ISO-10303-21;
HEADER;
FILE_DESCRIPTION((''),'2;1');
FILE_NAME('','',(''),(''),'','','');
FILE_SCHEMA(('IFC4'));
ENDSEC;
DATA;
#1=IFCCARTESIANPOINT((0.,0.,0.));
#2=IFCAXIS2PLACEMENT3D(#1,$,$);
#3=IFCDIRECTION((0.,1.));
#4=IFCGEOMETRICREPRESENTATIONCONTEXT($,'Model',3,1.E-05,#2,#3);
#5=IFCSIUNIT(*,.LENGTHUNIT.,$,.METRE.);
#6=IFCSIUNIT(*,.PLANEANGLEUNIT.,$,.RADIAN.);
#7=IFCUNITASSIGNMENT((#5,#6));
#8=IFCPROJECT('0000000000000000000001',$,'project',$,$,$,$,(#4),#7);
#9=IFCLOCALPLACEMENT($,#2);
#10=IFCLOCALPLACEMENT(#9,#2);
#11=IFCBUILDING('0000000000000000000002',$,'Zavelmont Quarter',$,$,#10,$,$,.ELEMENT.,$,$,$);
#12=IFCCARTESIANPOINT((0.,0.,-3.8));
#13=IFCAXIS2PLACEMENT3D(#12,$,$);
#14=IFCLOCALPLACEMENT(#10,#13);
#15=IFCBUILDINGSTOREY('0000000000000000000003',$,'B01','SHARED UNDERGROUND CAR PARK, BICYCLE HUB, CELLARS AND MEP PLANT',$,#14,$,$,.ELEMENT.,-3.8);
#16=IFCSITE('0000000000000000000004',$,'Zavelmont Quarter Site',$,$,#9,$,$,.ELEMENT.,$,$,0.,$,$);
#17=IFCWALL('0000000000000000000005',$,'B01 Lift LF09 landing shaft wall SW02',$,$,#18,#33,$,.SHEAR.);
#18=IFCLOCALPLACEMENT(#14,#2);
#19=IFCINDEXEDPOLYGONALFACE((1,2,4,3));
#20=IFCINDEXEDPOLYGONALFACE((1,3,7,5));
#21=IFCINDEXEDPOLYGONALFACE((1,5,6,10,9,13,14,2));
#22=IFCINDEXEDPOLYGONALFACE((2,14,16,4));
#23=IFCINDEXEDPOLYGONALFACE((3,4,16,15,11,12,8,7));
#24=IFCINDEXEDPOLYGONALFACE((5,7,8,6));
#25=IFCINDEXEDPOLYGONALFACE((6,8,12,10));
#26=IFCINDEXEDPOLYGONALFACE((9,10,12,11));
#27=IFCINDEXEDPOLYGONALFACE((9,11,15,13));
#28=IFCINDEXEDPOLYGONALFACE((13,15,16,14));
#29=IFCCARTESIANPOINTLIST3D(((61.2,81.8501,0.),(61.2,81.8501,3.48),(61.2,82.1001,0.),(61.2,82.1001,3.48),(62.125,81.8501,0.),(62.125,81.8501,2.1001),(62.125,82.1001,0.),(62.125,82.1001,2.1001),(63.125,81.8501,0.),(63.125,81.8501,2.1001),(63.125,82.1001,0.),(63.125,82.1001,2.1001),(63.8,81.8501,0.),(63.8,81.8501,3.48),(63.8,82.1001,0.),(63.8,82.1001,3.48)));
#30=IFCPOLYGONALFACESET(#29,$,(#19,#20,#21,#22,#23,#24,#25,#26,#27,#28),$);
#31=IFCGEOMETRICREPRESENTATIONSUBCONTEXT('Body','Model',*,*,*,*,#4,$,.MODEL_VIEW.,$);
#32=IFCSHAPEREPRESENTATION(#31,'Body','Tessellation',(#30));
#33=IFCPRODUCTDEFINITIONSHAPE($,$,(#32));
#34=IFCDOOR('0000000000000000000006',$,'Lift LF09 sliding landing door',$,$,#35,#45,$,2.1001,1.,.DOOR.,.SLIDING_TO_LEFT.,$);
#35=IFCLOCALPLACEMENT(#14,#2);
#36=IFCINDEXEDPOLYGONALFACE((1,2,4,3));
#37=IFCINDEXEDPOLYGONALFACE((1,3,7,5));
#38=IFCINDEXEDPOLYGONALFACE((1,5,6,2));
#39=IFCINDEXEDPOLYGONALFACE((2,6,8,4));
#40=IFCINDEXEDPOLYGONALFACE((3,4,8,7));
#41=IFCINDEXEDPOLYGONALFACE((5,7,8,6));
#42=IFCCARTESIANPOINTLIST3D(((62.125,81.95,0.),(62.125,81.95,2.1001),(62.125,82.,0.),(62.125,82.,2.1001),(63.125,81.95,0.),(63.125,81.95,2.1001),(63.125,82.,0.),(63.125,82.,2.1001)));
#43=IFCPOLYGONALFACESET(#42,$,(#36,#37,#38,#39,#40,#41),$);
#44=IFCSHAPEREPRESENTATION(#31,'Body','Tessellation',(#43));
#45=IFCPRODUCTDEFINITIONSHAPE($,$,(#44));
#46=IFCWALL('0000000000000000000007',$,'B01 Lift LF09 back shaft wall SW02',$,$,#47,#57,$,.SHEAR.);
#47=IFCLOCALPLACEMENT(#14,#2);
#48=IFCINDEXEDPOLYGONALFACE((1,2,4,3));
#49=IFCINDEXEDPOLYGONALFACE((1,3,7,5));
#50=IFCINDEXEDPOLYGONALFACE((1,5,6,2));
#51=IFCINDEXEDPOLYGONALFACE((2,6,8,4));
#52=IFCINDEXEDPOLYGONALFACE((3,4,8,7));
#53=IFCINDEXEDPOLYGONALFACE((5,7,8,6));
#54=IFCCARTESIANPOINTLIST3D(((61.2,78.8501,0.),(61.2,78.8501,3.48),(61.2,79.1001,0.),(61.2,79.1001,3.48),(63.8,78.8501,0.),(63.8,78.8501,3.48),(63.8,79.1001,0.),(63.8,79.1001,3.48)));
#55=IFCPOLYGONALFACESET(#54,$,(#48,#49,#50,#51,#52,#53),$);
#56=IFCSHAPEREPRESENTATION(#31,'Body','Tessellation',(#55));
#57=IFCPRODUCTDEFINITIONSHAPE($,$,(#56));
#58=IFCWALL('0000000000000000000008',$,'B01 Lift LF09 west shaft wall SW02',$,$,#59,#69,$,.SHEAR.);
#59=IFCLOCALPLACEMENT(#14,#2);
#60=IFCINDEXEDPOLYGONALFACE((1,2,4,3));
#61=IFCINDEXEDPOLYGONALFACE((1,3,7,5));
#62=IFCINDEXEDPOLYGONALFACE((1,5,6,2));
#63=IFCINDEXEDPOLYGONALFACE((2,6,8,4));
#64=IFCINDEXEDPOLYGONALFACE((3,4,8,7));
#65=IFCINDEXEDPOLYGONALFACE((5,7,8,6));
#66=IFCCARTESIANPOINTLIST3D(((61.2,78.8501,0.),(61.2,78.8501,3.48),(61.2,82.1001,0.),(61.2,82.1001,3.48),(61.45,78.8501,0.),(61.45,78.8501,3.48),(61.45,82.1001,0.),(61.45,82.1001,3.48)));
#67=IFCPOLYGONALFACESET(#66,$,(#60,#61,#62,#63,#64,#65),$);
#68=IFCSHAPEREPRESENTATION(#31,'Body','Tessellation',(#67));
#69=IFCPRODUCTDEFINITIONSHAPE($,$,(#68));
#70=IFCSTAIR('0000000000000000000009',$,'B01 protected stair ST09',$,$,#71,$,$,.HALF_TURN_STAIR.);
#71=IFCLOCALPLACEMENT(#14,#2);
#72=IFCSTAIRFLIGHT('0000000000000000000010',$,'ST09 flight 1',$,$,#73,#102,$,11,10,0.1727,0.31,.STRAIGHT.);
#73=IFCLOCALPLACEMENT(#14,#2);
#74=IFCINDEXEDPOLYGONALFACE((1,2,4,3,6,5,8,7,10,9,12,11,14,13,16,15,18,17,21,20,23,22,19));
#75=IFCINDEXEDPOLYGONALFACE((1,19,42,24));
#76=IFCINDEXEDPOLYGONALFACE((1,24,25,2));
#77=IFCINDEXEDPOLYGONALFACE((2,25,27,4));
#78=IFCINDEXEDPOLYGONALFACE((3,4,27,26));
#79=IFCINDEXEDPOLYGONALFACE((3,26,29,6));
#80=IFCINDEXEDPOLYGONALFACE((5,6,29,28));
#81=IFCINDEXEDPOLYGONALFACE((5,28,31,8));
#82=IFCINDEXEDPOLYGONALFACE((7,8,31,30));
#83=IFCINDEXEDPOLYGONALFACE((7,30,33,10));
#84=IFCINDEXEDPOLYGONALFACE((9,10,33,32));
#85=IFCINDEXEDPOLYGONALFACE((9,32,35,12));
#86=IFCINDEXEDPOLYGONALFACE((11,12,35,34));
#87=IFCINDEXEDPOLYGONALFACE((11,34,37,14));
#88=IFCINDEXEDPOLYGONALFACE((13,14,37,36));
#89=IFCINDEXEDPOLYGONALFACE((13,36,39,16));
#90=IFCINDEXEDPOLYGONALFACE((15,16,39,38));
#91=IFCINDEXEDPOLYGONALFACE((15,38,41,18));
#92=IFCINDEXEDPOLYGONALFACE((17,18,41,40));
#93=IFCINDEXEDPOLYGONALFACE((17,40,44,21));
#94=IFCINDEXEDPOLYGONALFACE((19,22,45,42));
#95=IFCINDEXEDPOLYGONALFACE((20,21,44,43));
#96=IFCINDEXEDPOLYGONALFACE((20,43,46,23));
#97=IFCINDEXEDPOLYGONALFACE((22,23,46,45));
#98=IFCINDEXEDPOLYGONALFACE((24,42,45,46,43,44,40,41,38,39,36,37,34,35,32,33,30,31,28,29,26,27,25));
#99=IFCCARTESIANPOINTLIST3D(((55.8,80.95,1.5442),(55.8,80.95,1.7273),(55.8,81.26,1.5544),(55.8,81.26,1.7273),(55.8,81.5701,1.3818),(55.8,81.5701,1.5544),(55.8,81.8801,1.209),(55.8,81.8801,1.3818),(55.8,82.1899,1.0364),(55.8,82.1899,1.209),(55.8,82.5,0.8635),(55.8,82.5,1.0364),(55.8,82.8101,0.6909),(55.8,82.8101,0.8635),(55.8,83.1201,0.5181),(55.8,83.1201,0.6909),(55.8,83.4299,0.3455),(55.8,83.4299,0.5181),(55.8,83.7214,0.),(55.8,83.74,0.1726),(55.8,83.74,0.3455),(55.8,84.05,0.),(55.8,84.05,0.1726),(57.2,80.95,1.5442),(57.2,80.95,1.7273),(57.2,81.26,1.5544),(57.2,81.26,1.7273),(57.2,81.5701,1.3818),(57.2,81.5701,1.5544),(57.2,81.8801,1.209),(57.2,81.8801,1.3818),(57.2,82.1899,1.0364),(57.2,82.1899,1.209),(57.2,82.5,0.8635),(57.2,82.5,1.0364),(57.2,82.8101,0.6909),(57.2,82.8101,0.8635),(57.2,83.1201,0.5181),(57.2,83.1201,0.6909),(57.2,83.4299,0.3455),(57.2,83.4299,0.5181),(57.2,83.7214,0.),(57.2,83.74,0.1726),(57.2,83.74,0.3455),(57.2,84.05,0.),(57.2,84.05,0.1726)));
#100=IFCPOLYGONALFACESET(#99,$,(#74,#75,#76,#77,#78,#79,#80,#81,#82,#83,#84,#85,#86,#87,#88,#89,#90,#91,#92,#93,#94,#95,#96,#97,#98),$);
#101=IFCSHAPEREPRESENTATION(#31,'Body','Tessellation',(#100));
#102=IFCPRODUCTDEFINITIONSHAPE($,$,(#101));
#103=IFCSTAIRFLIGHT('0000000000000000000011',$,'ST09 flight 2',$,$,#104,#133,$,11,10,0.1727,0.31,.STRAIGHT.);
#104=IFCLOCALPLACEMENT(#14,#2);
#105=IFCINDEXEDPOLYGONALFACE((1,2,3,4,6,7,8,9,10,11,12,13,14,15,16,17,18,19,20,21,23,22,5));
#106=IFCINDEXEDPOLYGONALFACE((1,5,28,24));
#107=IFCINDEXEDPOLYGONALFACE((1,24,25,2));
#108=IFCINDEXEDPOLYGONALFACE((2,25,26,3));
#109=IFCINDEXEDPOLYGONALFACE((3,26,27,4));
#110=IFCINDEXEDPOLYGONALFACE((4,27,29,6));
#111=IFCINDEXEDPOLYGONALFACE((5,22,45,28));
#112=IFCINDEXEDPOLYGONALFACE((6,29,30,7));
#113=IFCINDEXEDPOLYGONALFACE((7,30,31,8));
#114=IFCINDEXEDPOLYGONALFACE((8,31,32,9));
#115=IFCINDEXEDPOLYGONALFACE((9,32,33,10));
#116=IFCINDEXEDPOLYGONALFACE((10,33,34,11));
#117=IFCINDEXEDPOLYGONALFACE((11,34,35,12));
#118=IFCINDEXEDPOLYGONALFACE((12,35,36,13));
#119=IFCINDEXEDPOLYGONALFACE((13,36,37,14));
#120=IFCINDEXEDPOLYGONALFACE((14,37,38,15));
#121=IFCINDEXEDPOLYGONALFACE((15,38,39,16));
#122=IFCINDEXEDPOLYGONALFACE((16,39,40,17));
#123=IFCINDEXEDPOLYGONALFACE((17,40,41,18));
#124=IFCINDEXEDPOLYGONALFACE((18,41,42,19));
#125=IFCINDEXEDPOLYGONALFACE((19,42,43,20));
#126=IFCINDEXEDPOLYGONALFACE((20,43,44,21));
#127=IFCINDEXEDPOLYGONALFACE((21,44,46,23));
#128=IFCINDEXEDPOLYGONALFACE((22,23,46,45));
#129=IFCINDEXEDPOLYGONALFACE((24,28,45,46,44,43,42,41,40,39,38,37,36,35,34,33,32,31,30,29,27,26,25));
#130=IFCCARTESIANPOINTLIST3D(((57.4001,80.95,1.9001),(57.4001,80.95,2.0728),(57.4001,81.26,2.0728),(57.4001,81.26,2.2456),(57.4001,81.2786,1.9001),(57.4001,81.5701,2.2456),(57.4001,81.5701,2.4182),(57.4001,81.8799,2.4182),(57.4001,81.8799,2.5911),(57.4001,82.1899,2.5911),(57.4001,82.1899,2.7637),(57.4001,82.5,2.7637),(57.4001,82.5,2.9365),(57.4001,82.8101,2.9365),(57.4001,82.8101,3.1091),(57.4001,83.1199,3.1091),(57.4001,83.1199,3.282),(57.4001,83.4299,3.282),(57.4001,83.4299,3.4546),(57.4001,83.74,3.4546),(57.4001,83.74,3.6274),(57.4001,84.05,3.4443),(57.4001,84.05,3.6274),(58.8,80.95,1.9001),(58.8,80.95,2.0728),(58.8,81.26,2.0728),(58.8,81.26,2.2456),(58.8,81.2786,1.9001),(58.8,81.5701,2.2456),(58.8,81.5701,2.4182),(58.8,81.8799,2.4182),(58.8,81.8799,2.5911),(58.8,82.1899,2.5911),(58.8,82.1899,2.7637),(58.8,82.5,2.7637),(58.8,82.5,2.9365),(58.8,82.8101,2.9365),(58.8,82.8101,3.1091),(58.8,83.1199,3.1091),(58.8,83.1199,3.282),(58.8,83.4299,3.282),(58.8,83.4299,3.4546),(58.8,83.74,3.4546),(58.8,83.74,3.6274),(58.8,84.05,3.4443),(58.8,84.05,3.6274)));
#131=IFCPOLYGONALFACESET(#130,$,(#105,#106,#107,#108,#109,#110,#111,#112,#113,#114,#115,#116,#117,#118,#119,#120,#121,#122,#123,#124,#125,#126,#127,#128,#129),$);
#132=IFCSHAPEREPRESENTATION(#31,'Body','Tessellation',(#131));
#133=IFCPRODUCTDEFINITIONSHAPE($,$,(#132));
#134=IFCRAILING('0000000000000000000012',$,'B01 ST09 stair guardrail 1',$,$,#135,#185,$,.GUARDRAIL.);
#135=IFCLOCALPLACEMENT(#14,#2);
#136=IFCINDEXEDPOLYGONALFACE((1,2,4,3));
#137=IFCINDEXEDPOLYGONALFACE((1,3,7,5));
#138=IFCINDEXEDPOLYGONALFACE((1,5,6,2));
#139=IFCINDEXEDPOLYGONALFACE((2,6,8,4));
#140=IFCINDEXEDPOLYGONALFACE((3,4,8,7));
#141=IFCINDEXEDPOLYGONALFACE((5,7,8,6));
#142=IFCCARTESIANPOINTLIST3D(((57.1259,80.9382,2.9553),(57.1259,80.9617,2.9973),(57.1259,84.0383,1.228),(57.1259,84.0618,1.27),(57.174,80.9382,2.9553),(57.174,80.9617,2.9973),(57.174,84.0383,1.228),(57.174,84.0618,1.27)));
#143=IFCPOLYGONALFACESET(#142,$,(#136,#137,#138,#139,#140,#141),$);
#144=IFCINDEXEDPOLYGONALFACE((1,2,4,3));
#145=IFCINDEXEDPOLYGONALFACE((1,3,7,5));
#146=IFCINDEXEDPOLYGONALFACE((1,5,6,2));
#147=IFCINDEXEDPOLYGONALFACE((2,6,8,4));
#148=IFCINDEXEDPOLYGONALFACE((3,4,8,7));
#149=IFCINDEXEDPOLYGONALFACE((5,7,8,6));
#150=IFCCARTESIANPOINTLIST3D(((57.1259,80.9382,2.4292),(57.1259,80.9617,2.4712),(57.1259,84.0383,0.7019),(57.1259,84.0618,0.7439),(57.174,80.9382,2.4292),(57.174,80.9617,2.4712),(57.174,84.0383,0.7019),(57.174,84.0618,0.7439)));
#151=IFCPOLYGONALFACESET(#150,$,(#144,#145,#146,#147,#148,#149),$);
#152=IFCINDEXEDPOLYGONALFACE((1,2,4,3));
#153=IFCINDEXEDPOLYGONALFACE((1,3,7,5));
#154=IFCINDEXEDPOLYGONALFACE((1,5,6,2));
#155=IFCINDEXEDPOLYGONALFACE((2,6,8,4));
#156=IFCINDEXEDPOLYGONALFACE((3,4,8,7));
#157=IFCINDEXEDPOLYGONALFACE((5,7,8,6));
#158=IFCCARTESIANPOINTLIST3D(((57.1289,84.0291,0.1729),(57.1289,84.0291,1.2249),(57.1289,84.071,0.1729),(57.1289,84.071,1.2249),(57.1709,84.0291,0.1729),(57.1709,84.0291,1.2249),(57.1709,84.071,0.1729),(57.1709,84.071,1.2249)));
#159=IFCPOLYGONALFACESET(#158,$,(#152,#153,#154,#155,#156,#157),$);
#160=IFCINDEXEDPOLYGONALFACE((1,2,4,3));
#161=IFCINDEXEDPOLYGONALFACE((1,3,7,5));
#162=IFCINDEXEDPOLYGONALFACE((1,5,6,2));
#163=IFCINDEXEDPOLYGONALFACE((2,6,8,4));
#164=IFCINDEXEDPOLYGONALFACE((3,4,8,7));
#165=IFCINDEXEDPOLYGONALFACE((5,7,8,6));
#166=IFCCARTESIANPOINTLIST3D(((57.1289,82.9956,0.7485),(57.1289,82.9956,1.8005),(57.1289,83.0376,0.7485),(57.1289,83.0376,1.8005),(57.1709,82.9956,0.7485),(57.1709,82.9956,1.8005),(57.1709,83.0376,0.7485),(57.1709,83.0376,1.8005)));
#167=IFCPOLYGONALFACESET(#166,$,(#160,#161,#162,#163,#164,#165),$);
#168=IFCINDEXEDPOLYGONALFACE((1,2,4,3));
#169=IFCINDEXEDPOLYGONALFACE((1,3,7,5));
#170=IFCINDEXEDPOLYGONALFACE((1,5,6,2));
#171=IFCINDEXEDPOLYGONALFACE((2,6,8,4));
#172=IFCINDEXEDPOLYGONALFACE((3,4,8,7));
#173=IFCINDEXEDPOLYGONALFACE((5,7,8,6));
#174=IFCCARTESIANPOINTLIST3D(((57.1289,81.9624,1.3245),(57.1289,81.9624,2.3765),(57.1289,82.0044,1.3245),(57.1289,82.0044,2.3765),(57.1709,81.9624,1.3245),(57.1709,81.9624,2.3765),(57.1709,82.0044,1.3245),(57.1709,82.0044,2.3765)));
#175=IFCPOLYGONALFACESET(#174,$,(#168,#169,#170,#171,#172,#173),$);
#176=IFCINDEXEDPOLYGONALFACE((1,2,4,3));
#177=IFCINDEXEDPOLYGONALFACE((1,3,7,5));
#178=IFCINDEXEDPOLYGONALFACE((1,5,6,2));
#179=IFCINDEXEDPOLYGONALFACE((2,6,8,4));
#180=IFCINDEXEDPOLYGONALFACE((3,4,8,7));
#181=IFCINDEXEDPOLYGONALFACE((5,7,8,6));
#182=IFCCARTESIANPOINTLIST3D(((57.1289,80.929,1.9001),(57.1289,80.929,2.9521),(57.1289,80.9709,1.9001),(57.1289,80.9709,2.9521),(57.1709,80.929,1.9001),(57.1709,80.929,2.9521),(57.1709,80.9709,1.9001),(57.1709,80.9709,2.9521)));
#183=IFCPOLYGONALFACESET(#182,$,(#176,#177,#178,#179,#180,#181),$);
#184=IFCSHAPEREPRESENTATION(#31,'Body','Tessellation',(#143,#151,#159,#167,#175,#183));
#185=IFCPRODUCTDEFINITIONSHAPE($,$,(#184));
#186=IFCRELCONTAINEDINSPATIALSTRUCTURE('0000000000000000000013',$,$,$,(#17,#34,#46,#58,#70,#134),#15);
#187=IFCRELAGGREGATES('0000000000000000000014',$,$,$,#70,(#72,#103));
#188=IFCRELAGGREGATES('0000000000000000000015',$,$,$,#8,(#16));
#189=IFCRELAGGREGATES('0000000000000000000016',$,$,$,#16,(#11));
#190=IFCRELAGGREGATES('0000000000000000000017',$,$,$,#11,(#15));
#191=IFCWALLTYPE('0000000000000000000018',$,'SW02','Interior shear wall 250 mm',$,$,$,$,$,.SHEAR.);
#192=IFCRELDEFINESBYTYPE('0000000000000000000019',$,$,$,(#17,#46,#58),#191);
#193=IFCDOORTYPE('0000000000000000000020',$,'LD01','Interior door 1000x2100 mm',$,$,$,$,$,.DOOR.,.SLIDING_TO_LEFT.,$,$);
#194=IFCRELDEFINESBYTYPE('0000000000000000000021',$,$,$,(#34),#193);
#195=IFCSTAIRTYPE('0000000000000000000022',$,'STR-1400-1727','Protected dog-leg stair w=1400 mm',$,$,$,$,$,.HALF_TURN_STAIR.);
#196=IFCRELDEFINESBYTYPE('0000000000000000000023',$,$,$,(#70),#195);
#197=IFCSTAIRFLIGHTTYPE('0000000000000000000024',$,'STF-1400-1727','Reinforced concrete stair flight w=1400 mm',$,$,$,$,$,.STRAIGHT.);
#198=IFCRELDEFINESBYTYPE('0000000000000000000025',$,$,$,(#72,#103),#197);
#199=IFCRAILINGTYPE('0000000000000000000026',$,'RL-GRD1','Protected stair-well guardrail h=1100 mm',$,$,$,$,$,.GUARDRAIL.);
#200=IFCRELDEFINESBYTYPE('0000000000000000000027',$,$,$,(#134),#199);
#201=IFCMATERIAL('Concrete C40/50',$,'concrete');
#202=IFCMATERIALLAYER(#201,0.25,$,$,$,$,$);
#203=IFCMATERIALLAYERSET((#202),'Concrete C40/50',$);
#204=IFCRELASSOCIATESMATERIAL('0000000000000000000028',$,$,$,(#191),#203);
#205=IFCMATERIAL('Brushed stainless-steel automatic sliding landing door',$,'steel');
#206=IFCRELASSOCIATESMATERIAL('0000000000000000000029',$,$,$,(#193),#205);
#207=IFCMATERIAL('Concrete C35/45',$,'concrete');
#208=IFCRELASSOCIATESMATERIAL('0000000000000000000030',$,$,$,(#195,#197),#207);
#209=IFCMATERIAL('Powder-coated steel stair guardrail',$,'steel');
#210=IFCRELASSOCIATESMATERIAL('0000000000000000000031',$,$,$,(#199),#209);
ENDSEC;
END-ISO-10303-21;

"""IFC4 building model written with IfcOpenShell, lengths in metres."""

from ifc_helpers import new_model, si_unit, direction, frame, frame_2d, origin, origin_with_axes, origin_2d, place, context, subcontext, project, spatial, polyline, rectangle, outline, extrude, material, layer, layer_set, type_object, element, fill, aggregate, save


model = new_model("IFC4")

# Units and contexts
model_context = context("Model", 3, precision=1e-05, world=origin(), true_north=direction((0.0, 1.0)))
body_context = subcontext(model_context, "Body", "Model", "MODEL_VIEW")
ifc_project = project(units=[si_unit("LENGTHUNIT", "METRE"), si_unit("PLANEANGLEUNIT", "RADIAN")], contexts=[model_context])

# Site, building, storey
site_placement = place(None, origin())
site = spatial("IfcSite", under=ifc_project, at=site_placement, Name="Zavelmont Quarter Site", CompositionType="ELEMENT", RefElevation=0.0)
building_placement = place(site_placement, origin())
building = spatial("IfcBuilding", under=site, at=building_placement, Name="Zavelmont Quarter", CompositionType="ELEMENT")
storey_placement = place(building_placement, frame((0.0, 0.0, -3.8)))
storey = spatial("IfcBuildingStorey", under=building, at=storey_placement, Name="B01", Description="SHARED UNDERGROUND CAR PARK, BICYCLE HUB, CELLARS AND MEP PLANT", CompositionType="ELEMENT", Elevation=-3.8)

# Shared definitions
ifc_material_1 = material(Name="Concrete C35/45", Category="concrete")

# Shared definitions
ifc_material_2 = material(Name="Concrete C40/50", Category="concrete")

# Wall, opening, door
ifc_layer_1 = layer(ifc_material_2, 0.25)
ifc_layer_set_1 = layer_set([ifc_layer_1], Name="Concrete C40/50")
wall_type_1 = type_object("IfcWallType", Name="SW02", Description="Interior shear wall 250 mm", PredefinedType="SHEAR", material=ifc_layer_set_1)
wall_1_placement = place(storey_placement, frame((61.2, 81.9751, 0.0), z_axis=(0.0, 0.0, 1.0), x_axis=(1.0, 0.0, 0.0)))
wall_1 = element("IfcWall", 1, at=wall_1_placement, inside=storey, type_object=wall_type_1, Name="B01 Lift LF09 landing shaft wall SW02", PredefinedType="SHEAR", context=body_context, shape_type="SweptSolid", body=[
    extrude(rectangle(XDim=2.6001, YDim=0.25, at=frame_2d((1.3, 0.0))), origin(), (0.0, 0.0, 1.0), 3.48),
])
opening_1_placement = place(wall_1_placement, frame((0.925, 0.0, 0.0)))
opening_1 = element("IfcOpeningElement", 2, at=opening_1_placement, cuts=wall_1, PredefinedType="OPENING", context=body_context, shape_type="SweptSolid", body=[
    extrude(rectangle(XDim=1.0, YDim=2.1001, at=frame_2d((0.5, 1.05))), frame((0.0, 0.137, 0.0), z_axis=(0.0, -1.0, 0.0), x_axis=(1.0, 0.0, 0.0)), (0.0, 0.0, 1.0), 0.2739),
])
ifc_material_3 = material(Name="Brushed stainless-steel automatic sliding landing door", Category="steel")
door_type_1 = type_object("IfcDoorType", Name="LD01", Description="Interior door 1000x2100 mm", OperationType="SLIDING_TO_LEFT", PredefinedType="DOOR", material=ifc_material_3)
door_1_placement = place(opening_1_placement, origin_with_axes())
door_1 = element("IfcDoor", 3, at=door_1_placement, inside=storey, type_object=door_type_1, Name="Lift LF09 sliding landing door", OperationType="SLIDING_TO_LEFT", OverallHeight=2.1001, OverallWidth=1.0, PredefinedType="DOOR", context=body_context, shape_type="SweptSolid", body=[
    extrude(rectangle(XDim=1.0, YDim=2.1001, at=frame_2d((0.5, 1.05))), frame((0.0, 0.0249, 0.0), z_axis=(0.0, -1.0, 0.0), x_axis=(1.0, 0.0, 0.0)), (0.0, 0.0, 1.0), 0.05),
])
fill(opening_1, door_1)

# Walls
wall_2_placement = place(storey_placement, frame((61.2, 78.9751, 0.0), z_axis=(0.0, 0.0, 1.0), x_axis=(1.0, 0.0, 0.0)))
element("IfcWall", 4, at=wall_2_placement, inside=storey, type_object=wall_type_1, Name="B01 Lift LF09 back shaft wall SW02", PredefinedType="SHEAR", context=body_context, shape_type="SweptSolid", body=[
    extrude(rectangle(XDim=2.6001, YDim=0.25, at=frame_2d((1.3, 0.0))), origin(), (0.0, 0.0, 1.0), 3.48),
])
wall_3_placement = place(storey_placement, frame((61.325, 78.8501, 0.0), z_axis=(0.0, 0.0, 1.0), x_axis=(0.0, 1.0, 0.0)))
element("IfcWall", 5, at=wall_3_placement, inside=storey, type_object=wall_type_1, Name="B01 Lift LF09 west shaft wall SW02", PredefinedType="SHEAR", context=body_context, shape_type="SweptSolid", body=[
    extrude(rectangle(XDim=3.25, YDim=0.25, at=frame_2d((1.625, 0.0))), origin(), (0.0, 0.0, 1.0), 3.48),
])

# Stair, stair flights
stair_type = type_object("IfcStairType", Name="STR-1400-1727", Description="Protected dog-leg stair w=1400 mm", PredefinedType="HALF_TURN_STAIR", material=ifc_material_1)
stair_placement = place(storey_placement, origin())
stair = element("IfcStair", 6, at=stair_placement, inside=storey, type_object=stair_type, Name="B01 protected stair ST09", PredefinedType="HALF_TURN_STAIR")
stair_flight_type = type_object("IfcStairFlightType", Name="STF-1400-1727", Description="Reinforced concrete stair flight w=1400 mm", PredefinedType="STRAIGHT", material=ifc_material_1)
stair_flight_1_placement = place(storey_placement, frame((56.5, 84.05, 0.0), z_axis=(0.0, 0.0, 1.0), x_axis=(0.0, -1.0, 0.0)))
stair_flight_1 = element("IfcStairFlight", 7, at=stair_flight_1_placement, type_object=stair_flight_type, Name="ST09 flight 1", NumberOfRisers=11, NumberOfTreads=10, PredefinedType="STRAIGHT", RiserHeight=0.1727, TreadLength=0.31, context=body_context, shape_type="SweptSolid", body=[
    extrude(outline(polyline([(0.0, 0.0), (0.0, 0.1726), (0.3101, 0.1726), (0.3101, 0.3455), (0.6201, 0.3455), (0.6201, 0.5181), (0.9299, 0.5181), (0.9299, 0.6909), (1.24, 0.6909), (1.24, 0.8635), (1.55, 0.8635), (1.55, 1.0364), (1.8601, 1.0364), (1.8601, 1.209), (2.1699, 1.209), (2.1699, 1.3818), (2.48, 1.3818), (2.48, 1.5544), (2.79, 1.5544), (2.79, 1.7273), (3.1001, 1.7273), (3.1001, 1.8999), (3.1001, 1.5442), (0.3286, 0.0), (0.0, 0.0)])), frame((0.0, 0.7, 0.0), z_axis=(0.0, -1.0, 0.0), x_axis=(1.0, 0.0, 0.0)), (0.0, 0.0, 1.0), 1.3999),
])
stair_flight_2_placement = place(storey_placement, frame((58.1001, 80.95, 1.9001), z_axis=(0.0, 0.0, 1.0), x_axis=(0.0, 1.0, 0.0)))
stair_flight_2 = element("IfcStairFlight", 8, at=stair_flight_2_placement, type_object=stair_flight_type, Name="ST09 flight 2", NumberOfRisers=11, NumberOfTreads=10, PredefinedType="STRAIGHT", RiserHeight=0.1727, TreadLength=0.31, context=body_context, shape_type="SweptSolid", body=[
    extrude(outline(polyline([(0.0, 0.0), (0.0, 0.1726), (0.3101, 0.1726), (0.3101, 0.3455), (0.6201, 0.3455), (0.6201, 0.5181), (0.9299, 0.5181), (0.9299, 0.6909), (1.24, 0.6909), (1.24, 0.8635), (1.55, 0.8635), (1.55, 1.0364), (1.8601, 1.0364), (1.8601, 1.209), (2.1699, 1.209), (2.1699, 1.3818), (2.48, 1.3818), (2.48, 1.5544), (2.79, 1.5544), (2.79, 1.7273), (3.1001, 1.7273), (3.1001, 1.8999), (3.1001, 1.5442), (0.3286, 0.0), (0.0, 0.0)])), frame((0.0, 0.7, 0.0), z_axis=(0.0, -1.0, 0.0), x_axis=(1.0, 0.0, 0.0)), (0.0, 0.0, 1.0), 1.3999),
])
aggregate(stair, [stair_flight_1, stair_flight_2])

# Railing
ifc_material_4 = material(Name="Powder-coated steel stair guardrail", Category="steel")
railing_type_1 = type_object("IfcRailingType", Name="RL-GRD1", Description="Protected stair-well guardrail h=1100 mm", PredefinedType="GUARDRAIL", material=ifc_material_4)
railing_1_placement = place(storey_placement, frame((57.1499, 84.05, 0.1729)))
element("IfcRailing", 9, at=railing_1_placement, inside=storey, type_object=railing_type_1, Name="B01 ST09 stair guardrail 1", PredefinedType="GUARDRAIL", context=body_context, shape_type="SweptSolid", body=[
    extrude(rectangle(XDim=0.0481, YDim=0.0481, at=origin_2d()), frame((0.0, 0.0, 1.0762), z_axis=(0.0, -0.873556, 0.486723), x_axis=(1.0, 0.0, 0.0)), (0.0, 0.0, 1.0), 3.5488),
    extrude(rectangle(XDim=0.0481, YDim=0.0481, at=origin_2d()), frame((0.0, 0.0, 0.55), z_axis=(0.0, -0.873556, 0.486723), x_axis=(1.0, 0.0, 0.0)), (0.0, 0.0, 1.0), 3.5488),
    extrude(rectangle(XDim=0.042, YDim=0.042, at=origin_2d()), origin(), (0.0, 0.0, 1.0), 1.052),
    extrude(rectangle(XDim=0.042, YDim=0.042, at=origin_2d()), frame((0.0, -1.0334, 0.5757)), (0.0, 0.0, 1.0), 1.052),
    extrude(rectangle(XDim=0.042, YDim=0.042, at=origin_2d()), frame((0.0, -2.0667, 1.1516)), (0.0, 0.0, 1.0), 1.052),
    extrude(rectangle(XDim=0.042, YDim=0.042, at=origin_2d()), frame((0.0, -3.1001, 1.7273)), (0.0, 0.0, 1.0), 1.052),
])

save(model, "model.ifc")
